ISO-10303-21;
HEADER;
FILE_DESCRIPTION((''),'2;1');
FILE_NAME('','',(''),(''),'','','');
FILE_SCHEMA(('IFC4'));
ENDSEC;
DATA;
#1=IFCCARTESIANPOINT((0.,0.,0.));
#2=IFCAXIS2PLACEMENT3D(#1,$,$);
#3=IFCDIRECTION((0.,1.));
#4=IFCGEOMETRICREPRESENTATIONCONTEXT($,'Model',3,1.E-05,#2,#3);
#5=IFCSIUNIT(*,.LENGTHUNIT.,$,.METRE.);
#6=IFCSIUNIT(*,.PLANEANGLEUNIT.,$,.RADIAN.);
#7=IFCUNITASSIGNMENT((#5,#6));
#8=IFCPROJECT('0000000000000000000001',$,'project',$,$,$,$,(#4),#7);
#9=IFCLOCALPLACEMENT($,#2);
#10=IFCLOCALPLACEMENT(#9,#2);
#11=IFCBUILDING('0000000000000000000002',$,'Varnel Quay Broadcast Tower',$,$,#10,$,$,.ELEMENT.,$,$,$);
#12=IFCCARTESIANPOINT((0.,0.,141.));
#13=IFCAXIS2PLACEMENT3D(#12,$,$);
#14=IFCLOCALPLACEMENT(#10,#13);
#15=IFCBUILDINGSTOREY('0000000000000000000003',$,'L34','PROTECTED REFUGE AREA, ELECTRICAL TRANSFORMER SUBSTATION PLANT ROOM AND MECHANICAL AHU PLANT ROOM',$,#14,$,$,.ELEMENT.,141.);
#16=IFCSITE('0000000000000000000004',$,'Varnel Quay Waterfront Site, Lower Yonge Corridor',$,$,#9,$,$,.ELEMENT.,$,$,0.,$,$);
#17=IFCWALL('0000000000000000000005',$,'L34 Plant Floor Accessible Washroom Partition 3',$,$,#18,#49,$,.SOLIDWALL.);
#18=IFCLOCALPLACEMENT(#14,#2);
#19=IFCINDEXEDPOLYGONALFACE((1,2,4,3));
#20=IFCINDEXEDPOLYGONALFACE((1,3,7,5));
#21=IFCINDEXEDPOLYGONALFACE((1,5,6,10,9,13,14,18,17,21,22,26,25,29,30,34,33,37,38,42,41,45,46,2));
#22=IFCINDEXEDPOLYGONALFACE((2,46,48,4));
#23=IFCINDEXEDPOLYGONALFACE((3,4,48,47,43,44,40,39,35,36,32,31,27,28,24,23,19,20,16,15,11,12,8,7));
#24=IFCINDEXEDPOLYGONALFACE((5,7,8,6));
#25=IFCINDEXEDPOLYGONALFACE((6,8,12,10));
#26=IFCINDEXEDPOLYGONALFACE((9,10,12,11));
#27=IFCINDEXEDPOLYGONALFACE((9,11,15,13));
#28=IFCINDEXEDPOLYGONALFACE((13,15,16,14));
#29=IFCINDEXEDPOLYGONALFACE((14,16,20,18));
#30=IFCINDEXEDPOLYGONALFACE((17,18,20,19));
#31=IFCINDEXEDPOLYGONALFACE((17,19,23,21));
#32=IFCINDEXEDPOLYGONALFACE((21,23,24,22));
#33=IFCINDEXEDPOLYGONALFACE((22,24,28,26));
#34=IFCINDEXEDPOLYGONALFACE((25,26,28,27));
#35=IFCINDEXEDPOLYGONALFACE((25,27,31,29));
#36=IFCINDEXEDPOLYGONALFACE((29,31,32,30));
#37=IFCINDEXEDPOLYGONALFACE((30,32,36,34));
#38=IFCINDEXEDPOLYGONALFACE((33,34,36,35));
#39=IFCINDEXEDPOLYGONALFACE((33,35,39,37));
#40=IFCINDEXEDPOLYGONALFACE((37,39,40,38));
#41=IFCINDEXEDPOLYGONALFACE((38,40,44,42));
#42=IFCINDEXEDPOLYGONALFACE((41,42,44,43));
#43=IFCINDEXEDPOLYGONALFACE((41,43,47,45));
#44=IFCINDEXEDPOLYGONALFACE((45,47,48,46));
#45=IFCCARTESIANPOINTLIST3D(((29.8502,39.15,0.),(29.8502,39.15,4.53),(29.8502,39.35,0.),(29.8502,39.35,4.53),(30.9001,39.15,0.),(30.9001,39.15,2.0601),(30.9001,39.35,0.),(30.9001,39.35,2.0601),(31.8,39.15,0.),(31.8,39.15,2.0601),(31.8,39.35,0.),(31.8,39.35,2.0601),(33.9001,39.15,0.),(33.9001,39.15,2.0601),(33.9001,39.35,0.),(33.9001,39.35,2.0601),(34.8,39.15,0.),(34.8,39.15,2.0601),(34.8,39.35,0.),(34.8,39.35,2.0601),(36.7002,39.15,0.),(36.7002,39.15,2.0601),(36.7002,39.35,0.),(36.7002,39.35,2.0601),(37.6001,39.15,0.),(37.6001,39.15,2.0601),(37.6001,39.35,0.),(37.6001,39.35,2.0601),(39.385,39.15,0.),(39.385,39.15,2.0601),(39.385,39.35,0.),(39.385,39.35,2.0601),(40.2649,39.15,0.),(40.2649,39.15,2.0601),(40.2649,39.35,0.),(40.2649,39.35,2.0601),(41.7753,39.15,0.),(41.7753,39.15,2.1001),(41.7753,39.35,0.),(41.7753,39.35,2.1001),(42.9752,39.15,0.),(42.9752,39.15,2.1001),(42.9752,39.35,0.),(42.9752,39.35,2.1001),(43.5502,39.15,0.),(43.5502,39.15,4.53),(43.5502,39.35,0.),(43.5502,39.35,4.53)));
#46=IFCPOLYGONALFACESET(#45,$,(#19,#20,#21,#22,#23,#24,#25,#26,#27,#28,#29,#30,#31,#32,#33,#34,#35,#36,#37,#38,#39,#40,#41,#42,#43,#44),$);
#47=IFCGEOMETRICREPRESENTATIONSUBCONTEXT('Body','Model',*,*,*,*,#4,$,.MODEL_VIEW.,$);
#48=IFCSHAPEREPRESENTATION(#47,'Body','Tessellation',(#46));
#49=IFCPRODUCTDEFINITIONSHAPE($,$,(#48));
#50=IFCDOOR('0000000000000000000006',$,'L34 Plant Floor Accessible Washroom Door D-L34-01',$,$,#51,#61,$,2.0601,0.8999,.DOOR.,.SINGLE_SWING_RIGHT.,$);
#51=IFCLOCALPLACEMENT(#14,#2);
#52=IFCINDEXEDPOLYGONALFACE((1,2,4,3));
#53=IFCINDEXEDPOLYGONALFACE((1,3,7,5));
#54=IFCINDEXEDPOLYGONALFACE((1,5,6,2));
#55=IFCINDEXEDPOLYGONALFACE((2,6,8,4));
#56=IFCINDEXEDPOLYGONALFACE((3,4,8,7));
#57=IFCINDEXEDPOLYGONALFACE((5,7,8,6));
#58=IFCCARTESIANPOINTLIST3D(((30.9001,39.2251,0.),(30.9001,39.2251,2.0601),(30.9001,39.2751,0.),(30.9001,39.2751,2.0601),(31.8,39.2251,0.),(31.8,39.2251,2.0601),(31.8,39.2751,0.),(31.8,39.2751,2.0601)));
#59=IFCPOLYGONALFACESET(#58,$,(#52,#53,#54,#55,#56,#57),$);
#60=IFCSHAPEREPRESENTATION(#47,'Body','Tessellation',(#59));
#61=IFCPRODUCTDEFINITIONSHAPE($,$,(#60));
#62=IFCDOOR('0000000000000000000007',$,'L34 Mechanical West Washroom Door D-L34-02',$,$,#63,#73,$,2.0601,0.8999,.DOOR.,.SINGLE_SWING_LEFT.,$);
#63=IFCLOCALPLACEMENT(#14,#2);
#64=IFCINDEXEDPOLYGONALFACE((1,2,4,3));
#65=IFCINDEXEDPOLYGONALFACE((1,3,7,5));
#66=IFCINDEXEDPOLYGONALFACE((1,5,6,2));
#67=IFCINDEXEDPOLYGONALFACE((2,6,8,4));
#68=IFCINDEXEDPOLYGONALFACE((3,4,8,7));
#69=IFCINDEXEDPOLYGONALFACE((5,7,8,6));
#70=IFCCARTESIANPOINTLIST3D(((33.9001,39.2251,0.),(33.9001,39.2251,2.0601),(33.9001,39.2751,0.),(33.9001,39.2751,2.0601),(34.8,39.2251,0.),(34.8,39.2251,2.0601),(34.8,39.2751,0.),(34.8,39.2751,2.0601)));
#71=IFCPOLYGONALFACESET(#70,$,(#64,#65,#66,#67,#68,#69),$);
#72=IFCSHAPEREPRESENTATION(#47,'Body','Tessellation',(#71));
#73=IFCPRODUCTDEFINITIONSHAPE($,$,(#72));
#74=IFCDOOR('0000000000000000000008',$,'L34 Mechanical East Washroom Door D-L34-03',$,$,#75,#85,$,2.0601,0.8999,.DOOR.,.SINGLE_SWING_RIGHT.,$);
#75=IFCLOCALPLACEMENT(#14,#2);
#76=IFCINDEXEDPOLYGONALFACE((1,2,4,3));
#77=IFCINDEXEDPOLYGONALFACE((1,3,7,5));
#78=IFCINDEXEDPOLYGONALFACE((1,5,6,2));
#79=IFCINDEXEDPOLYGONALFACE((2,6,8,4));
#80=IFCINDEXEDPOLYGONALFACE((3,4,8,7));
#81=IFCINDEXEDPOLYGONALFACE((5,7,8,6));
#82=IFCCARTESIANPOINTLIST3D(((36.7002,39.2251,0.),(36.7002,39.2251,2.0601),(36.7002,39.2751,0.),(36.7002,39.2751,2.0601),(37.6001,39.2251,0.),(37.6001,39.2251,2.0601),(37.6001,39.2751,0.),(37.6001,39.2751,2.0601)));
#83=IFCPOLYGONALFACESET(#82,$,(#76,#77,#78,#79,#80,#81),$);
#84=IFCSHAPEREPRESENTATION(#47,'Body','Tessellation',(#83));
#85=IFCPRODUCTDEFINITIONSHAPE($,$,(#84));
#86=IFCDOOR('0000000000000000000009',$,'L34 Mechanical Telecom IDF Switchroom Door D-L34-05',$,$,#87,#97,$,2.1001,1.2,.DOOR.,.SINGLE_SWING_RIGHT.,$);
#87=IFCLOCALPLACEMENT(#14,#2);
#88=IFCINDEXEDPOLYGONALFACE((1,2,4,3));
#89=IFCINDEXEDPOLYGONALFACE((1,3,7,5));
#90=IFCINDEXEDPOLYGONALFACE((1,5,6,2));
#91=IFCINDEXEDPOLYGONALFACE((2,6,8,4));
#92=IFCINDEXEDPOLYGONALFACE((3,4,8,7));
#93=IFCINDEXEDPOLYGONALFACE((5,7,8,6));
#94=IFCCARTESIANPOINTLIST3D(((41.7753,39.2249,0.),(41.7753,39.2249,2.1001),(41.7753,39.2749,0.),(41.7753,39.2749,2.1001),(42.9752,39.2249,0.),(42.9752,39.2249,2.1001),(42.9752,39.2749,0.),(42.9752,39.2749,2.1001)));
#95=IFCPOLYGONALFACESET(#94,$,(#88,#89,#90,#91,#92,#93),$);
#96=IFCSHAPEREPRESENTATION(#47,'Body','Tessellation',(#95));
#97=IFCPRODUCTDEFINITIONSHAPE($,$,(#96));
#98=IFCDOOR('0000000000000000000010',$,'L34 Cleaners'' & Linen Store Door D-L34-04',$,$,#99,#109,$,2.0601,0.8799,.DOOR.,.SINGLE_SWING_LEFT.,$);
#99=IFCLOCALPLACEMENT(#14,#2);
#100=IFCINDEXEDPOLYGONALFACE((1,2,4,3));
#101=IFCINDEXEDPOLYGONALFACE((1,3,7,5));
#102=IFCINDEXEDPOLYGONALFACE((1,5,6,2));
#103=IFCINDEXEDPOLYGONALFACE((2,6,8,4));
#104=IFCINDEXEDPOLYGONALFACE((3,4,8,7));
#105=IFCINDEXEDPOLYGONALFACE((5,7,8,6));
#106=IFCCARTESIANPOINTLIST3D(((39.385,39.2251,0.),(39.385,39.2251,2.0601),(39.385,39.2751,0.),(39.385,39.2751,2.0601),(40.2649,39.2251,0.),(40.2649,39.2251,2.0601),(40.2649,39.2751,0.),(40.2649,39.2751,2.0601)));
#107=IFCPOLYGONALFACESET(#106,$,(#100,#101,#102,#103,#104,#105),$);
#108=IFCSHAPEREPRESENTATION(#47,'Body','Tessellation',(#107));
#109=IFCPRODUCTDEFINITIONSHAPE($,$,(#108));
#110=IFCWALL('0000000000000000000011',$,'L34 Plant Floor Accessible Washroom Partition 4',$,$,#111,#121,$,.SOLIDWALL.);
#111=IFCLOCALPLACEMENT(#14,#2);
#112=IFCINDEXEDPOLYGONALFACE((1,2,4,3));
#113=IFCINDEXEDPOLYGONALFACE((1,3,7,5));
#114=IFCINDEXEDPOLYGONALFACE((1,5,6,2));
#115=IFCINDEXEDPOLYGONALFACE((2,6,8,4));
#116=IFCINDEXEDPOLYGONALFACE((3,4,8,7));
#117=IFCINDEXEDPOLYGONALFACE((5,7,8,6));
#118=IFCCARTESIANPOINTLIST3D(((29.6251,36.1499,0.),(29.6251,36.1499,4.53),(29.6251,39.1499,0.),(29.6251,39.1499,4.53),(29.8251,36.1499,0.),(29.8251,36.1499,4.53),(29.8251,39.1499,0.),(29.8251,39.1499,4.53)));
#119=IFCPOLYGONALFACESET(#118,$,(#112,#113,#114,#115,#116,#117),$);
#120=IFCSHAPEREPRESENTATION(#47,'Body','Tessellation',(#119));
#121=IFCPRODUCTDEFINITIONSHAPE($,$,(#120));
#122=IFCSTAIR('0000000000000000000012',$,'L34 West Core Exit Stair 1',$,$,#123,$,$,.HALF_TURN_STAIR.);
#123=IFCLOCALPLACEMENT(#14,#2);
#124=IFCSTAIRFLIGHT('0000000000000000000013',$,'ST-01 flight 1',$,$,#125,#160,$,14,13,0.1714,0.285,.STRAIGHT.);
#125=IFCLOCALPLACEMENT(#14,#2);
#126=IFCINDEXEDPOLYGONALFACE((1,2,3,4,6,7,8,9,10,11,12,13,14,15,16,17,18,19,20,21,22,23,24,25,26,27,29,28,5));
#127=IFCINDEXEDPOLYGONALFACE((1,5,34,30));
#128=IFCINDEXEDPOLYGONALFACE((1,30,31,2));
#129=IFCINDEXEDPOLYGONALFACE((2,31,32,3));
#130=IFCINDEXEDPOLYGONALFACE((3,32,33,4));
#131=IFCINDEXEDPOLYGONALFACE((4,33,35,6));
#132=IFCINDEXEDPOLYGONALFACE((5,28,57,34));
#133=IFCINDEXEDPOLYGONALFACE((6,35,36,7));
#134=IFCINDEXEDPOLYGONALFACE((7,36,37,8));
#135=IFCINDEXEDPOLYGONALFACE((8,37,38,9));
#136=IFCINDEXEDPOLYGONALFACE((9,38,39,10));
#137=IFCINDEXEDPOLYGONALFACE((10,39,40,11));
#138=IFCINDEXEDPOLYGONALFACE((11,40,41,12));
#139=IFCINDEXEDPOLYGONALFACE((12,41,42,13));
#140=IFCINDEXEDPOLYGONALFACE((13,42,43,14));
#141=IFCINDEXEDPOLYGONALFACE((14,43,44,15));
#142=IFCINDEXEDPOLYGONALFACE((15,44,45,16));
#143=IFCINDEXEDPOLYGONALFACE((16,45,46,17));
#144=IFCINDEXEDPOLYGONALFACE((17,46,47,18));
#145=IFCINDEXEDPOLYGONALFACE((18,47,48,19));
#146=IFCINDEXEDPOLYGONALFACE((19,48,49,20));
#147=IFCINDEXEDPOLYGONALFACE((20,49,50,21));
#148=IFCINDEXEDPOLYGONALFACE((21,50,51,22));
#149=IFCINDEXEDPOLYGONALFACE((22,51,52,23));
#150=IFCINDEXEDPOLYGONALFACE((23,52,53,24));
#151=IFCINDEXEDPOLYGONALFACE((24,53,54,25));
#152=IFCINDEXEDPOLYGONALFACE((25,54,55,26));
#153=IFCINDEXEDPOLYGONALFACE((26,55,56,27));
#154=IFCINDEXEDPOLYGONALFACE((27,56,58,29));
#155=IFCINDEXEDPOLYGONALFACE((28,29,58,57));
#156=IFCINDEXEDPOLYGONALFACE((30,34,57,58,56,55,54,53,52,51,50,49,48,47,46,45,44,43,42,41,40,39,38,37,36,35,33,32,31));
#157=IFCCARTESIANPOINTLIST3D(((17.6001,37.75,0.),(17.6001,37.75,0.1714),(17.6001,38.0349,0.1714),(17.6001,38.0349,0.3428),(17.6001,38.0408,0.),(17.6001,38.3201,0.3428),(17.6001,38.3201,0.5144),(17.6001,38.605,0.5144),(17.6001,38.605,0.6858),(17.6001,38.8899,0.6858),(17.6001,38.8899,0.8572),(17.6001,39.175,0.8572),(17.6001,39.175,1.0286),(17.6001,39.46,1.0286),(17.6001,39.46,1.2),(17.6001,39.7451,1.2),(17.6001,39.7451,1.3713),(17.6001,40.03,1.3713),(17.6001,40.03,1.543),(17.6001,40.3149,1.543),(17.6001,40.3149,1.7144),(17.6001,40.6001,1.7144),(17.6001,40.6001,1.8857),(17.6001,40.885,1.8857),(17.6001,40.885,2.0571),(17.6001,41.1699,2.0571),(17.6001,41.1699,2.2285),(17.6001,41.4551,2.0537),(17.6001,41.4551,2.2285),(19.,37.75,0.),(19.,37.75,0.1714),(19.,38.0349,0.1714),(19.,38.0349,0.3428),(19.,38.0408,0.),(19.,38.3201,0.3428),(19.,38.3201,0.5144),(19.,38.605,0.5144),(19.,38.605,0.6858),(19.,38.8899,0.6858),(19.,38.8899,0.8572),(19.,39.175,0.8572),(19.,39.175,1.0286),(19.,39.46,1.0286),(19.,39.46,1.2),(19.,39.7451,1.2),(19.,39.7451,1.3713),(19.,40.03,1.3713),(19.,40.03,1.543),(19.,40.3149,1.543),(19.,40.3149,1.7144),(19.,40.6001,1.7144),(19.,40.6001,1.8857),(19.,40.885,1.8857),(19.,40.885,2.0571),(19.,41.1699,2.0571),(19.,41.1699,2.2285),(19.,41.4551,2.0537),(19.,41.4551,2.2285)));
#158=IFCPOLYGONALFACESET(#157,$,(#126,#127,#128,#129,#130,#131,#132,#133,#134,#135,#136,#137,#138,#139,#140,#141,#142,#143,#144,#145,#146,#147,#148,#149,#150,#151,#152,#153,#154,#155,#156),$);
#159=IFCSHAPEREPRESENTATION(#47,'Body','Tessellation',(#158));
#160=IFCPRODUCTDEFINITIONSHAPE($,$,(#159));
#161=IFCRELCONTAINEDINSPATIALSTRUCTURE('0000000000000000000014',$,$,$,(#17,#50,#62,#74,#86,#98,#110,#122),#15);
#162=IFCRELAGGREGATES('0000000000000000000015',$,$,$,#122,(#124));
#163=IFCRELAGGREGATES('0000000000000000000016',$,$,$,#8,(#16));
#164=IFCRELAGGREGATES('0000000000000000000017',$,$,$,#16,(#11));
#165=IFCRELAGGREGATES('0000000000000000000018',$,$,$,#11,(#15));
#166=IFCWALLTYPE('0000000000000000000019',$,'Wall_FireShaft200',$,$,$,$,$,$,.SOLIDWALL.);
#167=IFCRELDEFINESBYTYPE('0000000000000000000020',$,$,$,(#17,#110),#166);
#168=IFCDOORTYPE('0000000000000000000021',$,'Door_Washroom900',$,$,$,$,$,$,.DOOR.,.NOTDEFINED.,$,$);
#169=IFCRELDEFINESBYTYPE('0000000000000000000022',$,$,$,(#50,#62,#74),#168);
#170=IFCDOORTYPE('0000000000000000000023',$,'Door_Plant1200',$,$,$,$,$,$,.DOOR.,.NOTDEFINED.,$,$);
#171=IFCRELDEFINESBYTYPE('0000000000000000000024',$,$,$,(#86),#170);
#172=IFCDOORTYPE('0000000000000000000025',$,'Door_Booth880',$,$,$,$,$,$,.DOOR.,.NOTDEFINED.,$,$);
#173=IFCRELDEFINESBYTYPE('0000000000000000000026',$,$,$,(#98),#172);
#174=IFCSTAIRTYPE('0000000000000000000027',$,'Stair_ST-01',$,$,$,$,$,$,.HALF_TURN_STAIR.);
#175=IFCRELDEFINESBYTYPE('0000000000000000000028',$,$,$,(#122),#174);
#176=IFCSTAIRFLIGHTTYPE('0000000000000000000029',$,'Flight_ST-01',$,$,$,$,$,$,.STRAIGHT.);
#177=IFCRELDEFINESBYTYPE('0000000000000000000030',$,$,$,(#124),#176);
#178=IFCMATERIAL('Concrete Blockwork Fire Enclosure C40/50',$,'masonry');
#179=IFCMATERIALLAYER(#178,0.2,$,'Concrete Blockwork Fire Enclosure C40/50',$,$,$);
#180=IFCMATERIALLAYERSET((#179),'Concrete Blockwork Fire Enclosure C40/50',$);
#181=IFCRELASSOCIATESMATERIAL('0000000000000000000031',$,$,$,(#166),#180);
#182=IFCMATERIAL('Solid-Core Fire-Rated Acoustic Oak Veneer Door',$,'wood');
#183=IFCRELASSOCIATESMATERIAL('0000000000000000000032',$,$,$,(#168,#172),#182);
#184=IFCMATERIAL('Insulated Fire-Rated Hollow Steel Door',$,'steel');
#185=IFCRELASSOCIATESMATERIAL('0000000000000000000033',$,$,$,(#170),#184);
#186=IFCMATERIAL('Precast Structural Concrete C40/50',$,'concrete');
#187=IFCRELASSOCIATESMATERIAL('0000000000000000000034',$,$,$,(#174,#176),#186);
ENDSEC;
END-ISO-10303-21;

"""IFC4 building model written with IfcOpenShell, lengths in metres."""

from ifc_helpers import new_model, si_unit, direction, frame, frame_2d, origin, place, context, subcontext, project, spatial, polyline, rectangle, outline, extrude, source, transform, mapped, material, layer, layer_set, type_object, type_shapes, element, fill, aggregate, save


model = new_model("IFC4")

# Units and contexts
model_context = context("Model", 3, precision=1e-05, world=origin(), true_north=direction((0.0, 1.0)))
body_context = subcontext(model_context, "Body", "Model", "MODEL_VIEW")
ifc_project = project(units=[si_unit("LENGTHUNIT", "METRE"), si_unit("PLANEANGLEUNIT", "RADIAN")], contexts=[model_context])

# Site, building, storey
site_placement = place(None, origin())
site = spatial("IfcSite", under=ifc_project, at=site_placement, Name="Varnel Quay Waterfront Site, Lower Yonge Corridor", CompositionType="ELEMENT", RefElevation=0.0)
building_placement = place(site_placement, origin())
building = spatial("IfcBuilding", under=site, at=building_placement, Name="Varnel Quay Broadcast Tower", CompositionType="ELEMENT")
storey_placement = place(building_placement, frame((0.0, 0.0, 141.0)))
storey = spatial("IfcBuildingStorey", under=building, at=storey_placement, Name="L34", Description="PROTECTED REFUGE AREA, ELECTRICAL TRANSFORMER SUBSTATION PLANT ROOM AND MECHANICAL AHU PLANT ROOM", CompositionType="ELEMENT", Elevation=141.0)

# Shared definitions
ifc_material_1 = material(Name="Insulated Fire-Rated Hollow Steel Door", Category="steel")

# Shared definitions
ifc_material_2 = material(Name="Concrete Blockwork Fire Enclosure C40/50", Category="masonry")
ifc_layer_1 = layer(ifc_material_2, 0.2, Name="Concrete Blockwork Fire Enclosure C40/50")
ifc_layer_set_1 = layer_set([ifc_layer_1], Name="Concrete Blockwork Fire Enclosure C40/50")
wall_type_1 = type_object("IfcWallType", Name="Wall_FireShaft200", PredefinedType="SOLIDWALL", material=ifc_layer_set_1)

# Wall, openings, doors
wall_1_placement = place(storey_placement, frame((29.8501, 39.25, 0.0), z_axis=(0.0, 0.0, 1.0), x_axis=(1.0, 0.0, 0.0)))
wall_1 = element("IfcWall", 1, at=wall_1_placement, inside=storey, type_object=wall_type_1, Name="L34 Plant Floor Accessible Washroom Partition 3", PredefinedType="SOLIDWALL", context=body_context, shape_type="SweptSolid", body=[
    extrude(rectangle(XDim=13.7, YDim=0.2, at=frame_2d((6.8501, 0.0))), origin(), (0.0, 0.0, 1.0), 4.53),
])
opening_1_placement = place(wall_1_placement, frame((1.05, 0.0, 0.0)))
opening_1 = element("IfcOpeningElement", 2, at=opening_1_placement, cuts=wall_1, PredefinedType="OPENING", context=body_context, shape_type="SweptSolid", body=[
    extrude(rectangle(XDim=0.8999, YDim=2.0601, at=frame_2d((0.45, 1.03))), frame((0.0, 0.1099, 0.0), z_axis=(0.0, -1.0, 0.0), x_axis=(1.0, 0.0, 0.0)), (0.0, 0.0, 1.0), 0.22),
])
opening_2_placement = place(wall_1_placement, frame((4.05, 0.0, 0.0)))
opening_2 = element("IfcOpeningElement", 3, at=opening_2_placement, cuts=wall_1, PredefinedType="OPENING", context=body_context, shape_type="SweptSolid", body=[
    extrude(rectangle(XDim=0.8999, YDim=2.0601, at=frame_2d((0.45, 1.03))), frame((0.0, 0.1099, 0.0), z_axis=(0.0, -1.0, 0.0), x_axis=(1.0, 0.0, 0.0)), (0.0, 0.0, 1.0), 0.22),
])
opening_3_placement = place(wall_1_placement, frame((6.8501, 0.0, 0.0)))
opening_3 = element("IfcOpeningElement", 4, at=opening_3_placement, cuts=wall_1, PredefinedType="OPENING", context=body_context, shape_type="SweptSolid", body=[
    extrude(rectangle(XDim=0.8999, YDim=2.0601, at=frame_2d((0.45, 1.03))), frame((0.0, 0.1099, 0.0), z_axis=(0.0, -1.0, 0.0), x_axis=(1.0, 0.0, 0.0)), (0.0, 0.0, 1.0), 0.22),
])
opening_4_placement = place(wall_1_placement, frame((9.5349, 0.0, 0.0)))
opening_4 = element("IfcOpeningElement", 5, at=opening_4_placement, cuts=wall_1, PredefinedType="OPENING", context=body_context, shape_type="SweptSolid", body=[
    extrude(rectangle(XDim=0.8799, YDim=2.0601, at=frame_2d((0.4399, 1.03))), frame((0.0, 0.1099, 0.0), z_axis=(0.0, -1.0, 0.0), x_axis=(1.0, 0.0, 0.0)), (0.0, 0.0, 1.0), 0.22),
])
opening_5_placement = place(wall_1_placement, frame((11.925, 0.0, 0.0)))
opening_5 = element("IfcOpeningElement", 6, at=opening_5_placement, cuts=wall_1, PredefinedType="OPENING", context=body_context, shape_type="SweptSolid", body=[
    extrude(rectangle(XDim=1.2, YDim=2.1001, at=frame_2d((0.6001, 1.05))), frame((0.0, 0.1099, 0.0), z_axis=(0.0, -1.0, 0.0), x_axis=(1.0, 0.0, 0.0)), (0.0, 0.0, 1.0), 0.22),
])
ifc_material_3 = material(Name="Solid-Core Fire-Rated Acoustic Oak Veneer Door", Category="wood")
door_type_1 = type_object("IfcDoorType", Name="Door_Washroom900", OperationType="NOTDEFINED", PredefinedType="DOOR", material=ifc_material_3)
shared_shape_1 = source(origin(), body_context, "Body", "SweptSolid", [
    extrude(rectangle(XDim=0.8999, YDim=2.0601, at=frame_2d((0.45, 1.03))), frame((0.0, 0.0249, 0.0), z_axis=(0.0, -1.0, 0.0), x_axis=(1.0, 0.0, 0.0)), (0.0, 0.0, 1.0), 0.05),
])
type_shapes(door_type_1, [shared_shape_1])
door_1_placement = place(opening_1_placement, frame((0.8999, 0.0, 0.0), z_axis=(0.0, 0.0, 1.0), x_axis=(-1.0, 0.0, 0.0)))
door_1 = element("IfcDoor", 7, at=door_1_placement, inside=storey, type_object=door_type_1, Name="L34 Plant Floor Accessible Washroom Door D-L34-01", OperationType="SINGLE_SWING_RIGHT", OverallHeight=2.0601, OverallWidth=0.8999, PredefinedType="DOOR", context=body_context, shape_type="MappedRepresentation", body=[
    mapped(shared_shape_1, transform((0.0, 0.0, 0.0), x_axis=(1.0, 0.0, 0.0), y_axis=(0.0, 1.0, 0.0), z_axis=(0.0, 0.0, 1.0), scale=1.0)),
])
fill(opening_1, door_1)
door_2_placement = place(opening_2_placement, frame((0.8999, 0.0, 0.0), z_axis=(0.0, 0.0, 1.0), x_axis=(-1.0, 0.0, 0.0)))
door_2 = element("IfcDoor", 8, at=door_2_placement, inside=storey, type_object=door_type_1, Name="L34 Mechanical West Washroom Door D-L34-02", OperationType="SINGLE_SWING_LEFT", OverallHeight=2.0601, OverallWidth=0.8999, PredefinedType="DOOR", context=body_context, shape_type="MappedRepresentation", body=[
    mapped(shared_shape_1, transform((0.0, 0.0, 0.0), x_axis=(1.0, 0.0, 0.0), y_axis=(0.0, 1.0, 0.0), z_axis=(0.0, 0.0, 1.0), scale=1.0)),
])
fill(opening_2, door_2)
door_3_placement = place(opening_3_placement, frame((0.8999, 0.0, 0.0), z_axis=(0.0, 0.0, 1.0), x_axis=(-1.0, 0.0, 0.0)))
door_3 = element("IfcDoor", 9, at=door_3_placement, inside=storey, type_object=door_type_1, Name="L34 Mechanical East Washroom Door D-L34-03", OperationType="SINGLE_SWING_RIGHT", OverallHeight=2.0601, OverallWidth=0.8999, PredefinedType="DOOR", context=body_context, shape_type="MappedRepresentation", body=[
    mapped(shared_shape_1, transform((0.0, 0.0, 0.0), x_axis=(1.0, 0.0, 0.0), y_axis=(0.0, 1.0, 0.0), z_axis=(0.0, 0.0, 1.0), scale=1.0)),
])
fill(opening_3, door_3)
door_type_2 = type_object("IfcDoorType", Name="Door_Plant1200", OperationType="NOTDEFINED", PredefinedType="DOOR", material=ifc_material_1)
shared_shape_2 = source(origin(), body_context, "Body", "SweptSolid", [
    extrude(rectangle(XDim=1.2, YDim=2.1001, at=frame_2d((0.6001, 1.05))), frame((0.0, 0.0249, 0.0), z_axis=(0.0, -1.0, 0.0), x_axis=(1.0, 0.0, 0.0)), (0.0, 0.0, 1.0), 0.05),
])
type_shapes(door_type_2, [shared_shape_2])
door_4_placement = place(opening_5_placement, origin())
door_4 = element("IfcDoor", 10, at=door_4_placement, inside=storey, type_object=door_type_2, Name="L34 Mechanical Telecom IDF Switchroom Door D-L34-05", OperationType="SINGLE_SWING_RIGHT", OverallHeight=2.1001, OverallWidth=1.2, PredefinedType="DOOR", context=body_context, shape_type="MappedRepresentation", body=[
    mapped(shared_shape_2, transform((0.0, 0.0, 0.0), x_axis=(1.0, 0.0, 0.0), y_axis=(0.0, 1.0, 0.0), z_axis=(0.0, 0.0, 1.0), scale=1.0)),
])
fill(opening_5, door_4)
door_type_3 = type_object("IfcDoorType", Name="Door_Booth880", OperationType="NOTDEFINED", PredefinedType="DOOR", material=ifc_material_3)
shared_shape_3 = source(origin(), body_context, "Body", "SweptSolid", [
    extrude(rectangle(XDim=0.8799, YDim=2.0601, at=frame_2d((0.4399, 1.03))), frame((0.0, 0.0249, 0.0), z_axis=(0.0, -1.0, 0.0), x_axis=(1.0, 0.0, 0.0)), (0.0, 0.0, 1.0), 0.05),
])
type_shapes(door_type_3, [shared_shape_3])
door_5_placement = place(opening_4_placement, frame((0.8799, 0.0, 0.0), z_axis=(0.0, 0.0, 1.0), x_axis=(-1.0, 0.0, 0.0)))
door_5 = element("IfcDoor", 11, at=door_5_placement, inside=storey, type_object=door_type_3, Name="L34 Cleaners' & Linen Store Door D-L34-04", OperationType="SINGLE_SWING_LEFT", OverallHeight=2.0601, OverallWidth=0.8799, PredefinedType="DOOR", context=body_context, shape_type="MappedRepresentation", body=[
    mapped(shared_shape_3, transform((0.0, 0.0, 0.0), x_axis=(1.0, 0.0, 0.0), y_axis=(0.0, 1.0, 0.0), z_axis=(0.0, 0.0, 1.0), scale=1.0)),
])
fill(opening_4, door_5)

# Wall
wall_2_placement = place(storey_placement, frame((29.7251, 36.1499, 0.0), z_axis=(0.0, 0.0, 1.0), x_axis=(0.0, 1.0, 0.0)))
element("IfcWall", 12, at=wall_2_placement, inside=storey, type_object=wall_type_1, Name="L34 Plant Floor Accessible Washroom Partition 4", PredefinedType="SOLIDWALL", context=body_context, shape_type="SweptSolid", body=[
    extrude(rectangle(XDim=3.0, YDim=0.2, at=frame_2d((1.5, 0.0))), origin(), (0.0, 0.0, 1.0), 4.53),
])

# Stair, stair flight
ifc_material_4 = material(Name="Precast Structural Concrete C40/50", Category="concrete")
stair_type = type_object("IfcStairType", Name="Stair_ST-01", PredefinedType="HALF_TURN_STAIR", material=ifc_material_4)
stair_placement = place(storey_placement, origin())
stair = element("IfcStair", 13, at=stair_placement, inside=storey, type_object=stair_type, Name="L34 West Core Exit Stair 1", PredefinedType="HALF_TURN_STAIR")
stair_flight_type = type_object("IfcStairFlightType", Name="Flight_ST-01", PredefinedType="STRAIGHT", material=ifc_material_4)
stair_flight_placement = place(storey_placement, frame((18.3, 37.75, 0.0), z_axis=(0.0, 0.0, 1.0), x_axis=(0.0, 1.0, 0.0)))
stair_flight = element("IfcStairFlight", 14, at=stair_flight_placement, type_object=stair_flight_type, Name="ST-01 flight 1", NumberOfRisers=14, NumberOfTreads=13, PredefinedType="STRAIGHT", RiserHeight=0.1714, TreadLength=0.285, context=body_context, shape_type="SweptSolid", body=[
    extrude(outline(polyline([(0.0, 0.0), (0.0, 0.1714), (0.2849, 0.1714), (0.2849, 0.3428), (0.5701, 0.3428), (0.5701, 0.5144), (0.855, 0.5144), (0.855, 0.6858), (1.1399, 0.6858), (1.1399, 0.8572), (1.425, 0.8572), (1.425, 1.0286), (1.71, 1.0286), (1.71, 1.2), (1.9951, 1.2), (1.9951, 1.3713), (2.28, 1.3713), (2.28, 1.543), (2.5649, 1.543), (2.5649, 1.7144), (2.8501, 1.7144), (2.8501, 1.8857), (3.135, 1.8857), (3.135, 2.0571), (3.4199, 2.0571), (3.4199, 2.2285), (3.7051, 2.2285), (3.7051, 2.3999), (3.7051, 2.0537), (0.2908, 0.0), (0.0, 0.0)])), frame((0.0, 0.7, 0.0), z_axis=(0.0, -1.0, 0.0), x_axis=(1.0, 0.0, 0.0)), (0.0, 0.0, 1.0), 1.3999),
])
aggregate(stair, [stair_flight])

save(model, "model.ifc")
